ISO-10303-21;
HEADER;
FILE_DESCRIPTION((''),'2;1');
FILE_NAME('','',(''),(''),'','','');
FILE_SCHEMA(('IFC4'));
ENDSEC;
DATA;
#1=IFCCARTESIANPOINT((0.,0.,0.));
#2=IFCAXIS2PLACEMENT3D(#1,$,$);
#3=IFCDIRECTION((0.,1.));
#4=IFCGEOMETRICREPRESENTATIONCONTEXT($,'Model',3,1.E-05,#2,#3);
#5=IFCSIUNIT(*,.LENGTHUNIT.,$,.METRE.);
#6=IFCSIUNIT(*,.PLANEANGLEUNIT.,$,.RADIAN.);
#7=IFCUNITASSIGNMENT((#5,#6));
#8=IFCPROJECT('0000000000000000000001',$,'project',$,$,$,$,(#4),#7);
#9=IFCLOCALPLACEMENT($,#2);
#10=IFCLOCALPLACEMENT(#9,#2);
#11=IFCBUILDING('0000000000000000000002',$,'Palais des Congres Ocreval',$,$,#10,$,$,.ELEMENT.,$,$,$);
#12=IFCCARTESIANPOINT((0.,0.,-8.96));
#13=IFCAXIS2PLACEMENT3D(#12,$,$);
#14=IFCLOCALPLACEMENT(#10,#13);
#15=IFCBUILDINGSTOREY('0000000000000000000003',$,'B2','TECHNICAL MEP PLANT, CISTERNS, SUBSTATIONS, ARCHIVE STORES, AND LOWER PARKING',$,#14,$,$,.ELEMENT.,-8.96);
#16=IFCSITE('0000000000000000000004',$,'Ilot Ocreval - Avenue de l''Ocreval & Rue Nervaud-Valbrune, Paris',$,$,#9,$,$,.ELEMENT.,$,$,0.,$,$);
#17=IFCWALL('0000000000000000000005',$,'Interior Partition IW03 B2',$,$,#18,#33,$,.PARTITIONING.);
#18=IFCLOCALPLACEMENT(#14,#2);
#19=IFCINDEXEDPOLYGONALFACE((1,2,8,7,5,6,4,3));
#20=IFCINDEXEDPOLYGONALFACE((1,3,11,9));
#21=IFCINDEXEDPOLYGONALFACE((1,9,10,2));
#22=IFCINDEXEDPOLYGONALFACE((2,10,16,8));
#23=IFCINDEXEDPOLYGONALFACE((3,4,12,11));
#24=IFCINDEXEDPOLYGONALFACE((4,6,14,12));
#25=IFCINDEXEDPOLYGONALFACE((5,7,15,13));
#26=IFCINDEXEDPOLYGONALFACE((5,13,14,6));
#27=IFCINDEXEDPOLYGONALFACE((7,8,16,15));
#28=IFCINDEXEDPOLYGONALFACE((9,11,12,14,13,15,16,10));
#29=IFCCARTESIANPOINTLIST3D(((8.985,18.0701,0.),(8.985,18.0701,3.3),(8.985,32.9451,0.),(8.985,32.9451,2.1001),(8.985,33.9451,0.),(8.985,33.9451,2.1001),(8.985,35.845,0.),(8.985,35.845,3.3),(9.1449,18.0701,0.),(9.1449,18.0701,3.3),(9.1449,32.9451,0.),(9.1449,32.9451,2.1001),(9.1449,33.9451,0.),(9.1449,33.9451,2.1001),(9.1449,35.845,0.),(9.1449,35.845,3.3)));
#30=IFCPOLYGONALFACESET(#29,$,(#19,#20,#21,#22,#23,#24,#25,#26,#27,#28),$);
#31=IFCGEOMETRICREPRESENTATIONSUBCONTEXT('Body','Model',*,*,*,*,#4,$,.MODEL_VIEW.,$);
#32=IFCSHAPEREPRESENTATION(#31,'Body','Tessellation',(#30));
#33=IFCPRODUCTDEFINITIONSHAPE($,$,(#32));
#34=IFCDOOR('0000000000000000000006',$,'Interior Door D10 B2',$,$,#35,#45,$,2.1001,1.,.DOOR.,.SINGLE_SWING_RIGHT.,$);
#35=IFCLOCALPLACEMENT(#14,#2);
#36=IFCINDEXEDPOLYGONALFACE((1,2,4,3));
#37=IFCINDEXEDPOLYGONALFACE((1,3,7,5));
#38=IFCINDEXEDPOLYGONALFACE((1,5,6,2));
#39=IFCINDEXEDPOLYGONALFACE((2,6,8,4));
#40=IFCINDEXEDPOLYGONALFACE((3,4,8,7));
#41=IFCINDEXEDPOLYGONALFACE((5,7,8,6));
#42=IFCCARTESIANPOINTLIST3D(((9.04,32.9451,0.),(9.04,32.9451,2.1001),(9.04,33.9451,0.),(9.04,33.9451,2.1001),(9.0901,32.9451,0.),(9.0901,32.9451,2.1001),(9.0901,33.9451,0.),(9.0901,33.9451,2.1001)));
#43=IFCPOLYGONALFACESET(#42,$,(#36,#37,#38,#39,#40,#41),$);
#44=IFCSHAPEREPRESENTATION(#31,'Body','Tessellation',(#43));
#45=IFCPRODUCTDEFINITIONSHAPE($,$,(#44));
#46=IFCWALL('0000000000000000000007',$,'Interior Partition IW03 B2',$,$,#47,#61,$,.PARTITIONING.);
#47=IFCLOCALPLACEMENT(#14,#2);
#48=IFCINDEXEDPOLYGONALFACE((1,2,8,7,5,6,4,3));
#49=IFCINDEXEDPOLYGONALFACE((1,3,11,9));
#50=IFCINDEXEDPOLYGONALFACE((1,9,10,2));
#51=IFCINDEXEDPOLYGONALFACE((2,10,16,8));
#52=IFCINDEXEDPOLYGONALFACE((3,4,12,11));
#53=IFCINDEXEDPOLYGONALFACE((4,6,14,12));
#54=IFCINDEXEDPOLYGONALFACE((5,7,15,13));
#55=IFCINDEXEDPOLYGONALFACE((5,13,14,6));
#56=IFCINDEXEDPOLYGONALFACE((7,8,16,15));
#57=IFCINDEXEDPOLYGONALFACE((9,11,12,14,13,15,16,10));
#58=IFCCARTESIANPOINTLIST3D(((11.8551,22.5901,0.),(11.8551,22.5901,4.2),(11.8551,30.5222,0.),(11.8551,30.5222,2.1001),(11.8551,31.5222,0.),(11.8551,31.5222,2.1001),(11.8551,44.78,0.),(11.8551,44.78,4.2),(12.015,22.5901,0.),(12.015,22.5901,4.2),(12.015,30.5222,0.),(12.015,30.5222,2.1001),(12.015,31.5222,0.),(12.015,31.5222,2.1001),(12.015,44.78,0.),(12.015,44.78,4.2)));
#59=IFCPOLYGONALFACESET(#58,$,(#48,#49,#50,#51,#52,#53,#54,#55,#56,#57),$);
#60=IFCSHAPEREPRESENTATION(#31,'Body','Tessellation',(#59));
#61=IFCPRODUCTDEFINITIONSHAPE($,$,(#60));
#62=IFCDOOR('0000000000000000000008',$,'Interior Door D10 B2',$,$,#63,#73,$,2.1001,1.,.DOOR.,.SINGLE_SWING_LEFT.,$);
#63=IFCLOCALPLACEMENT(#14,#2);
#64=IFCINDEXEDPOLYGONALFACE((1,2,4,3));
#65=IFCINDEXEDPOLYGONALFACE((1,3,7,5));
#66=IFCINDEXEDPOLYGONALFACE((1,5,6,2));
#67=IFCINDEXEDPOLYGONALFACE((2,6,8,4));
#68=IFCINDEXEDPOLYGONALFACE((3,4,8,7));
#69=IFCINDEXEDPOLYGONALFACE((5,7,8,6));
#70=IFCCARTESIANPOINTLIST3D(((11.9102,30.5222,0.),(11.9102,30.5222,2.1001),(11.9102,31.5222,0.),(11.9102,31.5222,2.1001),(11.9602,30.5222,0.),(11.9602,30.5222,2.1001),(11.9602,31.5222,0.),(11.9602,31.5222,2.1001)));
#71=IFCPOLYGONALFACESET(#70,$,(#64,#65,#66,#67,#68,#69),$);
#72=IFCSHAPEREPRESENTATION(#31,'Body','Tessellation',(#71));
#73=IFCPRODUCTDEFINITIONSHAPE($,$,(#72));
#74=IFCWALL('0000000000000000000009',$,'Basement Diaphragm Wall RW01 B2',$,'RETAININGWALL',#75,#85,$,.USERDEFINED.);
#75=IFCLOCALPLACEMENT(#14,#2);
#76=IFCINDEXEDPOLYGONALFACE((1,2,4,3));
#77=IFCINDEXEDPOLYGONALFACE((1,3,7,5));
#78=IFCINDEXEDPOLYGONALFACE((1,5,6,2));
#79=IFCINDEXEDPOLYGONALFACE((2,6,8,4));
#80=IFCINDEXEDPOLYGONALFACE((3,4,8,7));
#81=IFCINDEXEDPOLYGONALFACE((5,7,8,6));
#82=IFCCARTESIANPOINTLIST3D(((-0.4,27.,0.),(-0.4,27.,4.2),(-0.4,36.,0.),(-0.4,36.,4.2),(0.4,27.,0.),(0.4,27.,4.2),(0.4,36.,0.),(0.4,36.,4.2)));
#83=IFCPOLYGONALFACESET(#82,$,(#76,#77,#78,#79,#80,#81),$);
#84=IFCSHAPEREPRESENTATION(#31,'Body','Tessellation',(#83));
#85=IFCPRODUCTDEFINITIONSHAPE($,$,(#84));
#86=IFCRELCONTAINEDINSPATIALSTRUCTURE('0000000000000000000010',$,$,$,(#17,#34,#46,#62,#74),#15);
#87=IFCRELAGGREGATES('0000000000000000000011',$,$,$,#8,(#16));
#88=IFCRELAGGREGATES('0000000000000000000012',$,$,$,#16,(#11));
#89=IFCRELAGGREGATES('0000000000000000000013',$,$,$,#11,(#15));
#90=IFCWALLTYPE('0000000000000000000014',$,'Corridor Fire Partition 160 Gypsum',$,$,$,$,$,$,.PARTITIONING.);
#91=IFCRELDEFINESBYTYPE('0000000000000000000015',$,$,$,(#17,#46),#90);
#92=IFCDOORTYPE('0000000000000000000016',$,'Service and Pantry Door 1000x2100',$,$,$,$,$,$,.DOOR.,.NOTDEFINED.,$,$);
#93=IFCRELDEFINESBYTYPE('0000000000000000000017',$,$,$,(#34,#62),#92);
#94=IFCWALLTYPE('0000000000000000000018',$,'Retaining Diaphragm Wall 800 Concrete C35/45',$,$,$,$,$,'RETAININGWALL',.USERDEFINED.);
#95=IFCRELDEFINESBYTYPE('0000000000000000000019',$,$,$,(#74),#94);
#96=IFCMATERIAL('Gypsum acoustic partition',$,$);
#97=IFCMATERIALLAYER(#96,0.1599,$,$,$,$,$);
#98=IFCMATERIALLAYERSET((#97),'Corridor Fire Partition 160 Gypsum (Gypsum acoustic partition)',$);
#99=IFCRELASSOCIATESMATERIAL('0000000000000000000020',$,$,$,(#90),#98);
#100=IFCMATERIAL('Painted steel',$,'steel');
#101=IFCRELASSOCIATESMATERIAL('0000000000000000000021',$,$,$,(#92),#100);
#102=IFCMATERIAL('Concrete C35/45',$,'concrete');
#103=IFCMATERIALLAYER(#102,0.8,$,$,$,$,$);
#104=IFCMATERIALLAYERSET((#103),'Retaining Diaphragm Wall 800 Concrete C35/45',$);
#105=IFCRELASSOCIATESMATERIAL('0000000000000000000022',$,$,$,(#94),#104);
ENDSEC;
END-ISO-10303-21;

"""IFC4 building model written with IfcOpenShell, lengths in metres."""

from ifc_helpers import new_model, si_unit, direction, frame, frame_2d, origin, place, context, subcontext, project, spatial, rectangle, extrude, material, layer, layer_set, type_object, element, fill, save


model = new_model("IFC4")

# Units and contexts
model_context = context("Model", 3, precision=1e-05, world=origin(), true_north=direction((0.0, 1.0)))
body_context = subcontext(model_context, "Body", "Model", "MODEL_VIEW")
ifc_project = project(units=[si_unit("LENGTHUNIT", "METRE"), si_unit("PLANEANGLEUNIT", "RADIAN")], contexts=[model_context])

# Site, building, storey
site_placement = place(None, origin())
site = spatial("IfcSite", under=ifc_project, at=site_placement, Name="Ilot Ocreval - Avenue de l'Ocreval & Rue Nervaud-Valbrune, Paris", CompositionType="ELEMENT", RefElevation=0.0)
building_placement = place(site_placement, origin())
building = spatial("IfcBuilding", under=site, at=building_placement, Name="Palais des Congres Ocreval", CompositionType="ELEMENT")
storey_placement = place(building_placement, frame((0.0, 0.0, -8.96)))
storey = spatial("IfcBuildingStorey", under=building, at=storey_placement, Name="B2", Description="TECHNICAL MEP PLANT, CISTERNS, SUBSTATIONS, ARCHIVE STORES, AND LOWER PARKING", CompositionType="ELEMENT", Elevation=-8.96)

# Shared definitions
ifc_material_1 = material(Name="Concrete C35/45", Category="concrete")

# Walls, openings, doors
ifc_material_2 = material(Name="Gypsum acoustic partition")
ifc_layer_1 = layer(ifc_material_2, 0.1599)
ifc_layer_set_1 = layer_set([ifc_layer_1], Name="Corridor Fire Partition 160 Gypsum (Gypsum acoustic partition)")
wall_type_1 = type_object("IfcWallType", Name="Corridor Fire Partition 160 Gypsum", PredefinedType="PARTITIONING", material=ifc_layer_set_1)
wall_1_placement = place(storey_placement, frame((9.0649, 18.0701, 0.0), z_axis=(0.0, 0.0, 1.0), x_axis=(0.0, 1.0, 0.0)))
wall_1 = element("IfcWall", 1, at=wall_1_placement, inside=storey, type_object=wall_type_1, Name="Interior Partition IW03 B2", PredefinedType="PARTITIONING", context=body_context, shape_type="SweptSolid", body=[
    extrude(rectangle(XDim=17.7749, YDim=0.1599, at=frame_2d((8.8875, 0.0))), origin(), (0.0, 0.0, 1.0), 3.3),
])
opening_1_placement = place(wall_1_placement, frame((14.875, 0.0, 0.0)))
opening_1 = element("IfcOpeningElement", 2, at=opening_1_placement, cuts=wall_1, PredefinedType="OPENING", context=body_context, shape_type="SweptSolid", body=[
    extrude(rectangle(XDim=1.0, YDim=2.1001, at=frame_2d((0.5, 1.05))), frame((0.0, 0.0898, 0.0), z_axis=(0.0, -1.0, 0.0), x_axis=(1.0, 0.0, 0.0)), (0.0, 0.0, 1.0), 0.1799),
])
ifc_material_3 = material(Name="Painted steel", Category="steel")
door_type_1 = type_object("IfcDoorType", Name="Service and Pantry Door 1000x2100", OperationType="NOTDEFINED", PredefinedType="DOOR", material=ifc_material_3)
door_1_placement = place(opening_1_placement, origin())
door_1 = element("IfcDoor", 3, at=door_1_placement, inside=storey, type_object=door_type_1, Name="Interior Door D10 B2", OperationType="SINGLE_SWING_RIGHT", OverallHeight=2.1001, OverallWidth=1.0, PredefinedType="DOOR", context=body_context, shape_type="SweptSolid", body=[
    extrude(rectangle(XDim=1.0, YDim=2.1001, at=frame_2d((0.5, 1.05))), frame((0.0, 0.0249, 0.0), z_axis=(0.0, -1.0, 0.0), x_axis=(1.0, 0.0, 0.0)), (0.0, 0.0, 1.0), 0.05),
])
fill(opening_1, door_1)
wall_2_placement = place(storey_placement, frame((11.9351, 22.5901, 0.0), z_axis=(0.0, 0.0, 1.0), x_axis=(0.0, 1.0, 0.0)))
wall_2 = element("IfcWall", 4, at=wall_2_placement, inside=storey, type_object=wall_type_1, Name="Interior Partition IW03 B2", PredefinedType="PARTITIONING", context=body_context, shape_type="SweptSolid", body=[
    extrude(rectangle(XDim=22.1899, YDim=0.1599, at=frame_2d((11.095, 0.0))), origin(), (0.0, 0.0, 1.0), 4.2),
])
opening_2_placement = place(wall_2_placement, frame((7.9321, 0.0, 0.0)))
opening_2 = element("IfcOpeningElement", 5, at=opening_2_placement, cuts=wall_2, PredefinedType="OPENING", context=body_context, shape_type="SweptSolid", body=[
    extrude(rectangle(XDim=1.0, YDim=2.1001, at=frame_2d((0.5, 1.05))), frame((0.0, 0.0898, 0.0), z_axis=(0.0, -1.0, 0.0), x_axis=(1.0, 0.0, 0.0)), (0.0, 0.0, 1.0), 0.1799),
])
door_2_placement = place(opening_2_placement, origin())
door_2 = element("IfcDoor", 6, at=door_2_placement, inside=storey, type_object=door_type_1, Name="Interior Door D10 B2", OperationType="SINGLE_SWING_LEFT", OverallHeight=2.1001, OverallWidth=1.0, PredefinedType="DOOR", context=body_context, shape_type="SweptSolid", body=[
    extrude(rectangle(XDim=1.0, YDim=2.1001, at=frame_2d((0.5, 1.05))), frame((0.0, 0.0249, 0.0), z_axis=(0.0, -1.0, 0.0), x_axis=(1.0, 0.0, 0.0)), (0.0, 0.0, 1.0), 0.05),
])
fill(opening_2, door_2)

# Wall
ifc_layer_2 = layer(ifc_material_1, 0.8)
ifc_layer_set_2 = layer_set([ifc_layer_2], Name="Retaining Diaphragm Wall 800 Concrete C35/45")
wall_type_2 = type_object("IfcWallType", Name="Retaining Diaphragm Wall 800 Concrete C35/45", ElementType="RETAININGWALL", PredefinedType="USERDEFINED", material=ifc_layer_set_2)
wall_3_placement = place(storey_placement, frame((0.0, 27.0, 0.0), z_axis=(0.0, 0.0, 1.0), x_axis=(0.0, 1.0, 0.0)))
element("IfcWall", 7, at=wall_3_placement, inside=storey, type_object=wall_type_2, Name="Basement Diaphragm Wall RW01 B2", ObjectType="RETAININGWALL", PredefinedType="USERDEFINED", context=body_context, shape_type="SweptSolid", body=[
    extrude(rectangle(XDim=9.0, YDim=0.8, at=frame_2d((4.5, 0.0))), origin(), (0.0, 0.0, 1.0), 4.2),
])

save(model, "model.ifc")
